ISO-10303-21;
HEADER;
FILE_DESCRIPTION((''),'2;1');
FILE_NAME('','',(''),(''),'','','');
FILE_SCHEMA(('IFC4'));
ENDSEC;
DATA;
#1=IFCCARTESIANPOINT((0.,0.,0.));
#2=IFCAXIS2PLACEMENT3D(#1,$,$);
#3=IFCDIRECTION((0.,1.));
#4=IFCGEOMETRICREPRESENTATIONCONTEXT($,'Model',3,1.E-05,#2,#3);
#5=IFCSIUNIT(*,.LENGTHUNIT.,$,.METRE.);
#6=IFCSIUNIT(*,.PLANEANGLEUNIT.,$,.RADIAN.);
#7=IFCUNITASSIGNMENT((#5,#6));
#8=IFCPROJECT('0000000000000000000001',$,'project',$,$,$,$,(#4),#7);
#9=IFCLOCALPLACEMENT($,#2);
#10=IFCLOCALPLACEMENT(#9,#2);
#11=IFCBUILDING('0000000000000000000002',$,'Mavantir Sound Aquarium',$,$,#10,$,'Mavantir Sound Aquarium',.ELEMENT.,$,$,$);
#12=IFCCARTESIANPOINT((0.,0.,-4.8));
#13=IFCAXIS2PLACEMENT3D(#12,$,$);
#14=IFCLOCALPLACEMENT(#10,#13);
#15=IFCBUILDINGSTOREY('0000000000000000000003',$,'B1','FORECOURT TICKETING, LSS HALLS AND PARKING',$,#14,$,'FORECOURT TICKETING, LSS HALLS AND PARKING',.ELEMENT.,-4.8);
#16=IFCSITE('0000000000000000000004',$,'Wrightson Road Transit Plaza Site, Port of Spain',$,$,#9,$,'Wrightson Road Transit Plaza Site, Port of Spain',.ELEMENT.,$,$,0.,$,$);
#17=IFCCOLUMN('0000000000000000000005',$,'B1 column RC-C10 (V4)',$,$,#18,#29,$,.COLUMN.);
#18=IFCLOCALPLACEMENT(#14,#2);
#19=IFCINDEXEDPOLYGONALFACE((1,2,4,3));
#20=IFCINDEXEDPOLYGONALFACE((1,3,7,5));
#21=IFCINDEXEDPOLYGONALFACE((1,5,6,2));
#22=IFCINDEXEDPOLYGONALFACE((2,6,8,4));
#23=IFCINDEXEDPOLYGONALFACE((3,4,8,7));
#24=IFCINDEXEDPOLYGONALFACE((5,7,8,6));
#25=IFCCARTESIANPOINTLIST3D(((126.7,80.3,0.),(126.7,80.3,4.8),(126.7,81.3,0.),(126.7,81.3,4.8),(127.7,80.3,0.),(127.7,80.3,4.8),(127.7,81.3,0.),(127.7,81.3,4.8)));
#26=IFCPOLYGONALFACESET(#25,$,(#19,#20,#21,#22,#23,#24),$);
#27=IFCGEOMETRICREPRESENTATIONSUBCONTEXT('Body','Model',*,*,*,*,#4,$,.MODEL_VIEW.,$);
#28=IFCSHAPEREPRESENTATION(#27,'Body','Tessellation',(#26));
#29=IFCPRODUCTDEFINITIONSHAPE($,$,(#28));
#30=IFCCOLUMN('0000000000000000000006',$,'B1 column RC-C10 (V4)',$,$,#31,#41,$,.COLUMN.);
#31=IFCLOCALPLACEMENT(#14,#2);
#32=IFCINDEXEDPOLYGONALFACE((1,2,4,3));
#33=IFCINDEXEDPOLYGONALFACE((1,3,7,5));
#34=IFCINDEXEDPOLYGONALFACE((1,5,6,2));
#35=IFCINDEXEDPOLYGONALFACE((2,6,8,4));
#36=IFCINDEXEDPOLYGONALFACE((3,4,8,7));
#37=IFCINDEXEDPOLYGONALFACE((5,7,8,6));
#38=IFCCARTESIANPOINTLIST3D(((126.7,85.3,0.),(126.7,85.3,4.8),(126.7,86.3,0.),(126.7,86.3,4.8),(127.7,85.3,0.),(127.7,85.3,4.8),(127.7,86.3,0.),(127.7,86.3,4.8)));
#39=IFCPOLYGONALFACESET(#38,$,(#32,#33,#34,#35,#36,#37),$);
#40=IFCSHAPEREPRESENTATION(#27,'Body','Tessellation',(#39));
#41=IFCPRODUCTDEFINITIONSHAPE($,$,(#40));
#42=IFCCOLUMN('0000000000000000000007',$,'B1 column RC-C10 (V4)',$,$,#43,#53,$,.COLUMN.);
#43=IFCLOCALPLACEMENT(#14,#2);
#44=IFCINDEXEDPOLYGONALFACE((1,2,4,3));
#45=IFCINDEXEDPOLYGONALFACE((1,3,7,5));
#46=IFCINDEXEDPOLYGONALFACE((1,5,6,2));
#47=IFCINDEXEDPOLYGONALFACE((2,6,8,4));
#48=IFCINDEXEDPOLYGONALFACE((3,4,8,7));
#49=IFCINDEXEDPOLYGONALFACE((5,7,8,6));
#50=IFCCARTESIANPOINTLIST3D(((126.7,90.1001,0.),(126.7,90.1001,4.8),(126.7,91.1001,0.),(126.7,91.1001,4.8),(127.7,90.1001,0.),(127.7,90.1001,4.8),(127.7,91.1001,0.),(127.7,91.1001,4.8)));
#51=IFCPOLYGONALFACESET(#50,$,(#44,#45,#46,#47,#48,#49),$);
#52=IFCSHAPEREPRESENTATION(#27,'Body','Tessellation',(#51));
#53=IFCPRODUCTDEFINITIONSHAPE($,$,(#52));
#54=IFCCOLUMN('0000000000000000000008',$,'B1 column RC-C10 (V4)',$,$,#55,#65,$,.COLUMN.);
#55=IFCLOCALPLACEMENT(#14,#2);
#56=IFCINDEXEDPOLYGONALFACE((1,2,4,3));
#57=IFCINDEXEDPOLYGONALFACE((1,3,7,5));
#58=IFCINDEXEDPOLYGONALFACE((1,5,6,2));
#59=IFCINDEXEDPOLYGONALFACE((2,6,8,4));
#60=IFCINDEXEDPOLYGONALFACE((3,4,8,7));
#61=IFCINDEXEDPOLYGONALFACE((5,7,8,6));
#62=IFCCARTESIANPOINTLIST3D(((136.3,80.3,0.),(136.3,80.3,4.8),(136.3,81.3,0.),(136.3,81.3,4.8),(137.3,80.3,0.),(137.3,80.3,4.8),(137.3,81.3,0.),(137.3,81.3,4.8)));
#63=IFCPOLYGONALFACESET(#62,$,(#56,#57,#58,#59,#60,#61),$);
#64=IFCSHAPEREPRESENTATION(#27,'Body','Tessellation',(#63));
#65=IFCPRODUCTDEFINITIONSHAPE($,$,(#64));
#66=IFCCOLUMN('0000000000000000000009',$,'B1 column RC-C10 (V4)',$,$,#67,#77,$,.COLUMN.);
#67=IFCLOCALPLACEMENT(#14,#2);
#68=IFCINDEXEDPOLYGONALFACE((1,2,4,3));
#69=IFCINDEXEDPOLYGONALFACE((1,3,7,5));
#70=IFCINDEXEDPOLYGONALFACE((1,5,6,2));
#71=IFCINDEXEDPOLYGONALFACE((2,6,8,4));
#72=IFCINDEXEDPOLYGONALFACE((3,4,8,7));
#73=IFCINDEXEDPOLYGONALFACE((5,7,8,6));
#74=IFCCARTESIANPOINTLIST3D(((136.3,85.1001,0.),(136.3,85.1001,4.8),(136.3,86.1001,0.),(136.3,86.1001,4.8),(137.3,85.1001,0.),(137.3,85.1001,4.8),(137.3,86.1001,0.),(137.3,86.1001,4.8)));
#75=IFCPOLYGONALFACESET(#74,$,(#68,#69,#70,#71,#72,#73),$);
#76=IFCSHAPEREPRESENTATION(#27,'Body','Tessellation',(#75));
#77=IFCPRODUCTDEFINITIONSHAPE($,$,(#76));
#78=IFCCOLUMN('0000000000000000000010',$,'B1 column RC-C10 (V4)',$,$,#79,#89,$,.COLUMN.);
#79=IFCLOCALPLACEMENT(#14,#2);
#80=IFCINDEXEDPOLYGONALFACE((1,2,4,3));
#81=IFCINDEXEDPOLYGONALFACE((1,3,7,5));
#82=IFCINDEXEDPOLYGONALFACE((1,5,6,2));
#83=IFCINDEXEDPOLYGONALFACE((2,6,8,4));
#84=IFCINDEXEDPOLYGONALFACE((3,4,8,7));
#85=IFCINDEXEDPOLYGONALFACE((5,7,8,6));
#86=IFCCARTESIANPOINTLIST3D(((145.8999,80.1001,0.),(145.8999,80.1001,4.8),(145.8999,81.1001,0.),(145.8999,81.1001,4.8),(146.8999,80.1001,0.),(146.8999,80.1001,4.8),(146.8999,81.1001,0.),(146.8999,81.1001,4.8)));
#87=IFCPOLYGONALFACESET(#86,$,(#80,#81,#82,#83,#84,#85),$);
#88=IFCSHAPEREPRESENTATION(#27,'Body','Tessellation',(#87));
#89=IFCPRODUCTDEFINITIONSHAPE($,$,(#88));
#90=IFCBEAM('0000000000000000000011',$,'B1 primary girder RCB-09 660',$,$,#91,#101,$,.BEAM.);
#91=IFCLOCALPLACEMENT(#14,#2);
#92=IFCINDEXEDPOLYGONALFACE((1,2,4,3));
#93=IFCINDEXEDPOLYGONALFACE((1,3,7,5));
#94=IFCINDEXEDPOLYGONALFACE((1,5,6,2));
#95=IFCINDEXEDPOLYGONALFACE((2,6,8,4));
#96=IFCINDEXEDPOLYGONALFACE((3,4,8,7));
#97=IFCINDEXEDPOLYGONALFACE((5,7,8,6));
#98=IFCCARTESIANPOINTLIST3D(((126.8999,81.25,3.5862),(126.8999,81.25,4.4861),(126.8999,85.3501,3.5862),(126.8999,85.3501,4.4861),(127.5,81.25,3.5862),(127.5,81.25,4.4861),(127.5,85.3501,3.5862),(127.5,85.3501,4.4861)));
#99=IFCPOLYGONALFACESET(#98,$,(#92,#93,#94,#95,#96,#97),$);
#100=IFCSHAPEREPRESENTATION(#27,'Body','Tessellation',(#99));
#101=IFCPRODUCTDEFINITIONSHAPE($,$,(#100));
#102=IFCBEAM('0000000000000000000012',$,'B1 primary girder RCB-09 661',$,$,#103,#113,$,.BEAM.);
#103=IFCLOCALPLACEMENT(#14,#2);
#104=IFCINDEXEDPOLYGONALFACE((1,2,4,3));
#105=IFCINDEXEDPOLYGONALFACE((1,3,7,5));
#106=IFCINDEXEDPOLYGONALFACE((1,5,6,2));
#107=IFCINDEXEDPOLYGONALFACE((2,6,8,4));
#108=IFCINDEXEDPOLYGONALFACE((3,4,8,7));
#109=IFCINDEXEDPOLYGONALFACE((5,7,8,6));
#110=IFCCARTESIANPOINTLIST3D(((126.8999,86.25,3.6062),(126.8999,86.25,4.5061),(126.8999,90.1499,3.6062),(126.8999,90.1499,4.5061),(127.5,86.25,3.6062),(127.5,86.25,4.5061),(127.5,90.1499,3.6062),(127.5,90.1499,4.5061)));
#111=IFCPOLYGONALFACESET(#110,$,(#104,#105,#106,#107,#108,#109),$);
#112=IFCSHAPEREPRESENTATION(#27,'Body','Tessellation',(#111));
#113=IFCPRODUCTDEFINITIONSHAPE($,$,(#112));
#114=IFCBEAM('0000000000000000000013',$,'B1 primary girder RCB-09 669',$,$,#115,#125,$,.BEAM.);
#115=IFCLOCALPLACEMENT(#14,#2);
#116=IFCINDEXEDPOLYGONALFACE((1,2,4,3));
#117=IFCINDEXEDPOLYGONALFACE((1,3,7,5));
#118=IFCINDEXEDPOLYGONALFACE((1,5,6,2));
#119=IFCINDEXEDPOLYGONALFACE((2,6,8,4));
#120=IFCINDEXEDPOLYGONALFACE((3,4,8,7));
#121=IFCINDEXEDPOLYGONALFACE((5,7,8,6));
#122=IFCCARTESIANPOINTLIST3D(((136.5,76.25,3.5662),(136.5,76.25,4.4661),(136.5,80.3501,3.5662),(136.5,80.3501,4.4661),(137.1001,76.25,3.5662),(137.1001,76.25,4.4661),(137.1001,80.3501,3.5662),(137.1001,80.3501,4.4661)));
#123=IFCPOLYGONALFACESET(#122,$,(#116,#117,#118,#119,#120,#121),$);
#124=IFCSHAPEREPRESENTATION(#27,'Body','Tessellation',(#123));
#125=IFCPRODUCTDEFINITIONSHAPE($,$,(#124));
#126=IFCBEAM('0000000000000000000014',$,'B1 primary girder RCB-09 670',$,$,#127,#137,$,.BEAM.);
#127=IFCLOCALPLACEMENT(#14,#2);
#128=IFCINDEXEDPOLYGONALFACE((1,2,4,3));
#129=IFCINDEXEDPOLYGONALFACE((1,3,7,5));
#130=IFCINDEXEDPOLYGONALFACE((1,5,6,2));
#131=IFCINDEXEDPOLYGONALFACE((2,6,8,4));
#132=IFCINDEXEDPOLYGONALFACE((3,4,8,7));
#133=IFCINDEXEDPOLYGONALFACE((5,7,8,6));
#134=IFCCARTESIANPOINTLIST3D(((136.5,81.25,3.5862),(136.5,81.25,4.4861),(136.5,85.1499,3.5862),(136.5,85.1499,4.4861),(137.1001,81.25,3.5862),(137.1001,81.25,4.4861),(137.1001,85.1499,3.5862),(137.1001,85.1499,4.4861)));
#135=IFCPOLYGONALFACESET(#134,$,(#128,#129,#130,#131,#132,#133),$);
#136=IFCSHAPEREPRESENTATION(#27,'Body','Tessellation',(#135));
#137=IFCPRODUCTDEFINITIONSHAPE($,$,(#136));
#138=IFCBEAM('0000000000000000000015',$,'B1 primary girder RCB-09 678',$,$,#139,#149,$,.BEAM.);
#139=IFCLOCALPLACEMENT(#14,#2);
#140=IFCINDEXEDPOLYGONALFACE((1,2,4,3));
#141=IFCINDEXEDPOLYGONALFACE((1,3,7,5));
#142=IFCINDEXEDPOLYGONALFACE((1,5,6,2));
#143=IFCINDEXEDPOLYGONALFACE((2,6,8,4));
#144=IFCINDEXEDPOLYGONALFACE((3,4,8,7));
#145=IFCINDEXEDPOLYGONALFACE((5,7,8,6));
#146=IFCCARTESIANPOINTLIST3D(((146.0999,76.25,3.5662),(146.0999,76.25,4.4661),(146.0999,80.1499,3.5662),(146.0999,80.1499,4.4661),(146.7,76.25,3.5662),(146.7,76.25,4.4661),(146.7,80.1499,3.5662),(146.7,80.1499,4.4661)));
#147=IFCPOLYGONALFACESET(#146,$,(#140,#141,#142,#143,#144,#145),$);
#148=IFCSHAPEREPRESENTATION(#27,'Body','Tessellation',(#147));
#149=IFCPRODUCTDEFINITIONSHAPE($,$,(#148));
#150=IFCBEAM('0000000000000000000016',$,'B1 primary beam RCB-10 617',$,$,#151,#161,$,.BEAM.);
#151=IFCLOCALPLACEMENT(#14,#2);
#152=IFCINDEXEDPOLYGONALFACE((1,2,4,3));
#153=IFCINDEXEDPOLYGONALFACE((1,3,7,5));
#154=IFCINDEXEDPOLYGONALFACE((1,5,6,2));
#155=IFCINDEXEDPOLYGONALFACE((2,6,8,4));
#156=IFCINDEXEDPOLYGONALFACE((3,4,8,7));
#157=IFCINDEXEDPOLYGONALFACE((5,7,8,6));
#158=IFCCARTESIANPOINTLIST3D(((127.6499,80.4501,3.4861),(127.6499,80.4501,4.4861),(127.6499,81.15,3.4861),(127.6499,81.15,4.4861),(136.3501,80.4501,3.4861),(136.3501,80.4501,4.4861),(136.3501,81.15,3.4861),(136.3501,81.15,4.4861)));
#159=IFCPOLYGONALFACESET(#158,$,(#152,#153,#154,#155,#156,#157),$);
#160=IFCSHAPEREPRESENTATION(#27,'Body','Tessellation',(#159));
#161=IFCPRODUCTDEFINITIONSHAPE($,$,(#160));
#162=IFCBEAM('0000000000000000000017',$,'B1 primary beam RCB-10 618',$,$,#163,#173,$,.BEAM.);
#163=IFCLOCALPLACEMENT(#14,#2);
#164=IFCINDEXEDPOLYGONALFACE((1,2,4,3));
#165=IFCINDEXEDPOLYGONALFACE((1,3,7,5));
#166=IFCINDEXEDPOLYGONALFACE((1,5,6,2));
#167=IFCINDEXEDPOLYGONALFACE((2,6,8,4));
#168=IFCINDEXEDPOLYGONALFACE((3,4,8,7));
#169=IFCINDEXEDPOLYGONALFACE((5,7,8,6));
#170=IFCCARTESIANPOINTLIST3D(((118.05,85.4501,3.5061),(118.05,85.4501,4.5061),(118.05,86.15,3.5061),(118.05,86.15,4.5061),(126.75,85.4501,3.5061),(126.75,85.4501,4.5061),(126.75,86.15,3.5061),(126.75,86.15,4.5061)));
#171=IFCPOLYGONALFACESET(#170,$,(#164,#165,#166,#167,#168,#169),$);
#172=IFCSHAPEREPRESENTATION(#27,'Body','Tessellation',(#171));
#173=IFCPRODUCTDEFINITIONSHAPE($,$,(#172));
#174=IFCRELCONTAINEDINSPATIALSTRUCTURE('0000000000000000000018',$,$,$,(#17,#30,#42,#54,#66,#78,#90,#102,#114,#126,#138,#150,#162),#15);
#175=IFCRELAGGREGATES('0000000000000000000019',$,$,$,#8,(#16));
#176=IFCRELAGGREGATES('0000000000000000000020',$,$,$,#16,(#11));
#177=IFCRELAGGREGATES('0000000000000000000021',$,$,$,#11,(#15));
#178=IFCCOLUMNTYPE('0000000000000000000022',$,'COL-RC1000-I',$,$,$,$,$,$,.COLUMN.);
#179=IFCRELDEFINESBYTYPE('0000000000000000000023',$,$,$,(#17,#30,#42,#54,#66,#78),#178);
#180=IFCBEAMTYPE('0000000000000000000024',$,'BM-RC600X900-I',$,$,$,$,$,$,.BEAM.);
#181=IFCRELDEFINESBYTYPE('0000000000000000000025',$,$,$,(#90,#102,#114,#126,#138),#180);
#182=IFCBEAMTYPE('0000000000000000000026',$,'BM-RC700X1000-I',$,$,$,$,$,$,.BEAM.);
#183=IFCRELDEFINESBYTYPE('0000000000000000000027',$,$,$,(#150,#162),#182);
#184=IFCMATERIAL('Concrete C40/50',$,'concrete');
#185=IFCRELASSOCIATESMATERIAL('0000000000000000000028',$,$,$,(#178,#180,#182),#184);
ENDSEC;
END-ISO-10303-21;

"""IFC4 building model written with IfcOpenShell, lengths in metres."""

from ifc_helpers import new_model, si_unit, direction, frame, origin, origin_2d, place, context, subcontext, project, spatial, rectangle, extrude, material, material_profile, profile_set, type_object, element, save


model = new_model("IFC4")

# Units and contexts
model_context = context("Model", 3, precision=1e-05, world=origin(), true_north=direction((0.0, 1.0)))
body_context = subcontext(model_context, "Body", "Model", "MODEL_VIEW")
ifc_project = project(units=[si_unit("LENGTHUNIT", "METRE"), si_unit("PLANEANGLEUNIT", "RADIAN")], contexts=[model_context])

# Site, building, storey
site_placement = place(None, origin())
site = spatial("IfcSite", under=ifc_project, at=site_placement, Name="Wrightson Road Transit Plaza Site, Port of Spain", LongName="Wrightson Road Transit Plaza Site, Port of Spain", CompositionType="ELEMENT", RefElevation=0.0)
building_placement = place(site_placement, origin())
building = spatial("IfcBuilding", under=site, at=building_placement, Name="Mavantir Sound Aquarium", LongName="Mavantir Sound Aquarium", CompositionType="ELEMENT")
storey_placement = place(building_placement, frame((0.0, 0.0, -4.8)))
storey = spatial("IfcBuildingStorey", under=building, at=storey_placement, Name="B1", Description="FORECOURT TICKETING, LSS HALLS AND PARKING", LongName="FORECOURT TICKETING, LSS HALLS AND PARKING", CompositionType="ELEMENT", Elevation=-4.8)

# Columns
ifc_material_1 = material(Name="Concrete C40/50", Category="concrete")
ifc_material_profile_1 = material_profile(ifc_material_1, rectangle(XDim=1.0, YDim=1.0, at=origin_2d()), Name="RC 1000X1000")
ifc_profile_set_1 = profile_set([ifc_material_profile_1], Name="Concrete C40/50")
column_type = type_object("IfcColumnType", Name="COL-RC1000-I", PredefinedType="COLUMN", material=ifc_profile_set_1)
for number, where, z_axis, x_axis, name in (
    (1, (127.2, 80.8, 0.0), (0.0, 0.0, 1.0), (1.0, 0.0, 0.0), "B1 column RC-C10 (V4)"),
    (2, (127.2, 85.8, 0.0), (0.0, 0.0, 1.0), (1.0, 0.0, 0.0), "B1 column RC-C10 (V4)"),
    (3, (127.2, 90.6001, 0.0), (0.0, 0.0, 1.0), (1.0, 0.0, 0.0), "B1 column RC-C10 (V4)"),
    (4, (136.8, 80.8, 0.0), (0.0, 0.0, 1.0), (1.0, 0.0, 0.0), "B1 column RC-C10 (V4)"),
    (5, (136.8, 85.6001, 0.0), (0.0, 0.0, 1.0), (1.0, 0.0, 0.0), "B1 column RC-C10 (V4)"),
    (6, (146.3999, 80.6001, 0.0), (0.0, 0.0, 1.0), (1.0, 0.0, 0.0), "B1 column RC-C10 (V4)"),
):
    element("IfcColumn", number, at=place(storey_placement, frame(where, z_axis=z_axis, x_axis=x_axis)), inside=storey, type_object=column_type, Name=name, PredefinedType="COLUMN", context=body_context, shape_type="SweptSolid", body=[
        extrude(rectangle(XDim=1.0, YDim=1.0, at=origin_2d()), origin(), (0.0, 0.0, 1.0), 4.8),
    ])

# Beams
ifc_material_profile_2 = material_profile(ifc_material_1, rectangle(XDim=0.6001, YDim=0.8999, at=origin_2d()), Name="RC 600X900")
ifc_profile_set_2 = profile_set([ifc_material_profile_2], Name="Concrete C40/50")
beam_type_1 = type_object("IfcBeamType", Name="BM-RC600X900-I", PredefinedType="BEAM", material=ifc_profile_set_2)
beam_1_placement = place(storey_placement, frame((127.2, 81.25, 4.0361), z_axis=(0.0, 1.0, 0.0), x_axis=(-1.0, 0.0, 0.0)))
element("IfcBeam", 7, at=beam_1_placement, inside=storey, type_object=beam_type_1, Name="B1 primary girder RCB-09 660", PredefinedType="BEAM", context=body_context, shape_type="SweptSolid", body=[
    extrude(rectangle(XDim=0.6001, YDim=0.8999, at=origin_2d()), origin(), (0.0, 0.0, 1.0), 4.1001),
])
beam_2_placement = place(storey_placement, frame((127.2, 86.25, 4.0562), z_axis=(0.0, 1.0, 0.0), x_axis=(-1.0, 0.0, 0.0)))
element("IfcBeam", 8, at=beam_2_placement, inside=storey, type_object=beam_type_1, Name="B1 primary girder RCB-09 661", PredefinedType="BEAM", context=body_context, shape_type="SweptSolid", body=[
    extrude(rectangle(XDim=0.6001, YDim=0.8999, at=origin_2d()), origin(), (0.0, 0.0, 1.0), 3.8999),
])
beam_3_placement = place(storey_placement, frame((136.8, 76.25, 4.0161), z_axis=(0.0, 1.0, 0.0), x_axis=(-1.0, 0.0, 0.0)))
element("IfcBeam", 9, at=beam_3_placement, inside=storey, type_object=beam_type_1, Name="B1 primary girder RCB-09 669", PredefinedType="BEAM", context=body_context, shape_type="SweptSolid", body=[
    extrude(rectangle(XDim=0.6001, YDim=0.8999, at=origin_2d()), origin(), (0.0, 0.0, 1.0), 4.1001),
])
for number, where, z_axis, x_axis, name in (
    (10, (136.8, 81.25, 4.0361), (0.0, 1.0, 0.0), (-1.0, 0.0, 0.0), "B1 primary girder RCB-09 670"),
    (11, (146.3999, 76.25, 4.0161), (0.0, 1.0, 0.0), (-1.0, 0.0, 0.0), "B1 primary girder RCB-09 678"),
):
    element("IfcBeam", number, at=place(storey_placement, frame(where, z_axis=z_axis, x_axis=x_axis)), inside=storey, type_object=beam_type_1, Name=name, PredefinedType="BEAM", context=body_context, shape_type="SweptSolid", body=[
        extrude(rectangle(XDim=0.6001, YDim=0.8999, at=origin_2d()), origin(), (0.0, 0.0, 1.0), 3.8999),
    ])
ifc_material_profile_3 = material_profile(ifc_material_1, rectangle(XDim=0.7, YDim=1.0, at=origin_2d()), Name="RC 700X1000")
ifc_profile_set_3 = profile_set([ifc_material_profile_3], Name="Concrete C40/50")
beam_type_2 = type_object("IfcBeamType", Name="BM-RC700X1000-I", PredefinedType="BEAM", material=ifc_profile_set_3)
beam_4_placement = place(storey_placement, frame((127.6499, 80.8, 3.9861), z_axis=(1.0, 0.0, 0.0), x_axis=(0.0, 1.0, 0.0)))
element("IfcBeam", 12, at=beam_4_placement, inside=storey, type_object=beam_type_2, Name="B1 primary beam RCB-10 617", PredefinedType="BEAM", context=body_context, shape_type="SweptSolid", body=[
    extrude(rectangle(XDim=0.7, YDim=1.0, at=origin_2d()), origin(), (0.0, 0.0, 1.0), 8.7002),
])
beam_5_placement = place(storey_placement, frame((118.05, 85.8, 4.0061), z_axis=(1.0, 0.0, 0.0), x_axis=(0.0, 1.0, 0.0)))
element("IfcBeam", 13, at=beam_5_placement, inside=storey, type_object=beam_type_2, Name="B1 primary beam RCB-10 618", PredefinedType="BEAM", context=body_context, shape_type="SweptSolid", body=[
    extrude(rectangle(XDim=0.7, YDim=1.0, at=origin_2d()), origin(), (0.0, 0.0, 1.0), 8.7),
])

save(model, "model.ifc")
